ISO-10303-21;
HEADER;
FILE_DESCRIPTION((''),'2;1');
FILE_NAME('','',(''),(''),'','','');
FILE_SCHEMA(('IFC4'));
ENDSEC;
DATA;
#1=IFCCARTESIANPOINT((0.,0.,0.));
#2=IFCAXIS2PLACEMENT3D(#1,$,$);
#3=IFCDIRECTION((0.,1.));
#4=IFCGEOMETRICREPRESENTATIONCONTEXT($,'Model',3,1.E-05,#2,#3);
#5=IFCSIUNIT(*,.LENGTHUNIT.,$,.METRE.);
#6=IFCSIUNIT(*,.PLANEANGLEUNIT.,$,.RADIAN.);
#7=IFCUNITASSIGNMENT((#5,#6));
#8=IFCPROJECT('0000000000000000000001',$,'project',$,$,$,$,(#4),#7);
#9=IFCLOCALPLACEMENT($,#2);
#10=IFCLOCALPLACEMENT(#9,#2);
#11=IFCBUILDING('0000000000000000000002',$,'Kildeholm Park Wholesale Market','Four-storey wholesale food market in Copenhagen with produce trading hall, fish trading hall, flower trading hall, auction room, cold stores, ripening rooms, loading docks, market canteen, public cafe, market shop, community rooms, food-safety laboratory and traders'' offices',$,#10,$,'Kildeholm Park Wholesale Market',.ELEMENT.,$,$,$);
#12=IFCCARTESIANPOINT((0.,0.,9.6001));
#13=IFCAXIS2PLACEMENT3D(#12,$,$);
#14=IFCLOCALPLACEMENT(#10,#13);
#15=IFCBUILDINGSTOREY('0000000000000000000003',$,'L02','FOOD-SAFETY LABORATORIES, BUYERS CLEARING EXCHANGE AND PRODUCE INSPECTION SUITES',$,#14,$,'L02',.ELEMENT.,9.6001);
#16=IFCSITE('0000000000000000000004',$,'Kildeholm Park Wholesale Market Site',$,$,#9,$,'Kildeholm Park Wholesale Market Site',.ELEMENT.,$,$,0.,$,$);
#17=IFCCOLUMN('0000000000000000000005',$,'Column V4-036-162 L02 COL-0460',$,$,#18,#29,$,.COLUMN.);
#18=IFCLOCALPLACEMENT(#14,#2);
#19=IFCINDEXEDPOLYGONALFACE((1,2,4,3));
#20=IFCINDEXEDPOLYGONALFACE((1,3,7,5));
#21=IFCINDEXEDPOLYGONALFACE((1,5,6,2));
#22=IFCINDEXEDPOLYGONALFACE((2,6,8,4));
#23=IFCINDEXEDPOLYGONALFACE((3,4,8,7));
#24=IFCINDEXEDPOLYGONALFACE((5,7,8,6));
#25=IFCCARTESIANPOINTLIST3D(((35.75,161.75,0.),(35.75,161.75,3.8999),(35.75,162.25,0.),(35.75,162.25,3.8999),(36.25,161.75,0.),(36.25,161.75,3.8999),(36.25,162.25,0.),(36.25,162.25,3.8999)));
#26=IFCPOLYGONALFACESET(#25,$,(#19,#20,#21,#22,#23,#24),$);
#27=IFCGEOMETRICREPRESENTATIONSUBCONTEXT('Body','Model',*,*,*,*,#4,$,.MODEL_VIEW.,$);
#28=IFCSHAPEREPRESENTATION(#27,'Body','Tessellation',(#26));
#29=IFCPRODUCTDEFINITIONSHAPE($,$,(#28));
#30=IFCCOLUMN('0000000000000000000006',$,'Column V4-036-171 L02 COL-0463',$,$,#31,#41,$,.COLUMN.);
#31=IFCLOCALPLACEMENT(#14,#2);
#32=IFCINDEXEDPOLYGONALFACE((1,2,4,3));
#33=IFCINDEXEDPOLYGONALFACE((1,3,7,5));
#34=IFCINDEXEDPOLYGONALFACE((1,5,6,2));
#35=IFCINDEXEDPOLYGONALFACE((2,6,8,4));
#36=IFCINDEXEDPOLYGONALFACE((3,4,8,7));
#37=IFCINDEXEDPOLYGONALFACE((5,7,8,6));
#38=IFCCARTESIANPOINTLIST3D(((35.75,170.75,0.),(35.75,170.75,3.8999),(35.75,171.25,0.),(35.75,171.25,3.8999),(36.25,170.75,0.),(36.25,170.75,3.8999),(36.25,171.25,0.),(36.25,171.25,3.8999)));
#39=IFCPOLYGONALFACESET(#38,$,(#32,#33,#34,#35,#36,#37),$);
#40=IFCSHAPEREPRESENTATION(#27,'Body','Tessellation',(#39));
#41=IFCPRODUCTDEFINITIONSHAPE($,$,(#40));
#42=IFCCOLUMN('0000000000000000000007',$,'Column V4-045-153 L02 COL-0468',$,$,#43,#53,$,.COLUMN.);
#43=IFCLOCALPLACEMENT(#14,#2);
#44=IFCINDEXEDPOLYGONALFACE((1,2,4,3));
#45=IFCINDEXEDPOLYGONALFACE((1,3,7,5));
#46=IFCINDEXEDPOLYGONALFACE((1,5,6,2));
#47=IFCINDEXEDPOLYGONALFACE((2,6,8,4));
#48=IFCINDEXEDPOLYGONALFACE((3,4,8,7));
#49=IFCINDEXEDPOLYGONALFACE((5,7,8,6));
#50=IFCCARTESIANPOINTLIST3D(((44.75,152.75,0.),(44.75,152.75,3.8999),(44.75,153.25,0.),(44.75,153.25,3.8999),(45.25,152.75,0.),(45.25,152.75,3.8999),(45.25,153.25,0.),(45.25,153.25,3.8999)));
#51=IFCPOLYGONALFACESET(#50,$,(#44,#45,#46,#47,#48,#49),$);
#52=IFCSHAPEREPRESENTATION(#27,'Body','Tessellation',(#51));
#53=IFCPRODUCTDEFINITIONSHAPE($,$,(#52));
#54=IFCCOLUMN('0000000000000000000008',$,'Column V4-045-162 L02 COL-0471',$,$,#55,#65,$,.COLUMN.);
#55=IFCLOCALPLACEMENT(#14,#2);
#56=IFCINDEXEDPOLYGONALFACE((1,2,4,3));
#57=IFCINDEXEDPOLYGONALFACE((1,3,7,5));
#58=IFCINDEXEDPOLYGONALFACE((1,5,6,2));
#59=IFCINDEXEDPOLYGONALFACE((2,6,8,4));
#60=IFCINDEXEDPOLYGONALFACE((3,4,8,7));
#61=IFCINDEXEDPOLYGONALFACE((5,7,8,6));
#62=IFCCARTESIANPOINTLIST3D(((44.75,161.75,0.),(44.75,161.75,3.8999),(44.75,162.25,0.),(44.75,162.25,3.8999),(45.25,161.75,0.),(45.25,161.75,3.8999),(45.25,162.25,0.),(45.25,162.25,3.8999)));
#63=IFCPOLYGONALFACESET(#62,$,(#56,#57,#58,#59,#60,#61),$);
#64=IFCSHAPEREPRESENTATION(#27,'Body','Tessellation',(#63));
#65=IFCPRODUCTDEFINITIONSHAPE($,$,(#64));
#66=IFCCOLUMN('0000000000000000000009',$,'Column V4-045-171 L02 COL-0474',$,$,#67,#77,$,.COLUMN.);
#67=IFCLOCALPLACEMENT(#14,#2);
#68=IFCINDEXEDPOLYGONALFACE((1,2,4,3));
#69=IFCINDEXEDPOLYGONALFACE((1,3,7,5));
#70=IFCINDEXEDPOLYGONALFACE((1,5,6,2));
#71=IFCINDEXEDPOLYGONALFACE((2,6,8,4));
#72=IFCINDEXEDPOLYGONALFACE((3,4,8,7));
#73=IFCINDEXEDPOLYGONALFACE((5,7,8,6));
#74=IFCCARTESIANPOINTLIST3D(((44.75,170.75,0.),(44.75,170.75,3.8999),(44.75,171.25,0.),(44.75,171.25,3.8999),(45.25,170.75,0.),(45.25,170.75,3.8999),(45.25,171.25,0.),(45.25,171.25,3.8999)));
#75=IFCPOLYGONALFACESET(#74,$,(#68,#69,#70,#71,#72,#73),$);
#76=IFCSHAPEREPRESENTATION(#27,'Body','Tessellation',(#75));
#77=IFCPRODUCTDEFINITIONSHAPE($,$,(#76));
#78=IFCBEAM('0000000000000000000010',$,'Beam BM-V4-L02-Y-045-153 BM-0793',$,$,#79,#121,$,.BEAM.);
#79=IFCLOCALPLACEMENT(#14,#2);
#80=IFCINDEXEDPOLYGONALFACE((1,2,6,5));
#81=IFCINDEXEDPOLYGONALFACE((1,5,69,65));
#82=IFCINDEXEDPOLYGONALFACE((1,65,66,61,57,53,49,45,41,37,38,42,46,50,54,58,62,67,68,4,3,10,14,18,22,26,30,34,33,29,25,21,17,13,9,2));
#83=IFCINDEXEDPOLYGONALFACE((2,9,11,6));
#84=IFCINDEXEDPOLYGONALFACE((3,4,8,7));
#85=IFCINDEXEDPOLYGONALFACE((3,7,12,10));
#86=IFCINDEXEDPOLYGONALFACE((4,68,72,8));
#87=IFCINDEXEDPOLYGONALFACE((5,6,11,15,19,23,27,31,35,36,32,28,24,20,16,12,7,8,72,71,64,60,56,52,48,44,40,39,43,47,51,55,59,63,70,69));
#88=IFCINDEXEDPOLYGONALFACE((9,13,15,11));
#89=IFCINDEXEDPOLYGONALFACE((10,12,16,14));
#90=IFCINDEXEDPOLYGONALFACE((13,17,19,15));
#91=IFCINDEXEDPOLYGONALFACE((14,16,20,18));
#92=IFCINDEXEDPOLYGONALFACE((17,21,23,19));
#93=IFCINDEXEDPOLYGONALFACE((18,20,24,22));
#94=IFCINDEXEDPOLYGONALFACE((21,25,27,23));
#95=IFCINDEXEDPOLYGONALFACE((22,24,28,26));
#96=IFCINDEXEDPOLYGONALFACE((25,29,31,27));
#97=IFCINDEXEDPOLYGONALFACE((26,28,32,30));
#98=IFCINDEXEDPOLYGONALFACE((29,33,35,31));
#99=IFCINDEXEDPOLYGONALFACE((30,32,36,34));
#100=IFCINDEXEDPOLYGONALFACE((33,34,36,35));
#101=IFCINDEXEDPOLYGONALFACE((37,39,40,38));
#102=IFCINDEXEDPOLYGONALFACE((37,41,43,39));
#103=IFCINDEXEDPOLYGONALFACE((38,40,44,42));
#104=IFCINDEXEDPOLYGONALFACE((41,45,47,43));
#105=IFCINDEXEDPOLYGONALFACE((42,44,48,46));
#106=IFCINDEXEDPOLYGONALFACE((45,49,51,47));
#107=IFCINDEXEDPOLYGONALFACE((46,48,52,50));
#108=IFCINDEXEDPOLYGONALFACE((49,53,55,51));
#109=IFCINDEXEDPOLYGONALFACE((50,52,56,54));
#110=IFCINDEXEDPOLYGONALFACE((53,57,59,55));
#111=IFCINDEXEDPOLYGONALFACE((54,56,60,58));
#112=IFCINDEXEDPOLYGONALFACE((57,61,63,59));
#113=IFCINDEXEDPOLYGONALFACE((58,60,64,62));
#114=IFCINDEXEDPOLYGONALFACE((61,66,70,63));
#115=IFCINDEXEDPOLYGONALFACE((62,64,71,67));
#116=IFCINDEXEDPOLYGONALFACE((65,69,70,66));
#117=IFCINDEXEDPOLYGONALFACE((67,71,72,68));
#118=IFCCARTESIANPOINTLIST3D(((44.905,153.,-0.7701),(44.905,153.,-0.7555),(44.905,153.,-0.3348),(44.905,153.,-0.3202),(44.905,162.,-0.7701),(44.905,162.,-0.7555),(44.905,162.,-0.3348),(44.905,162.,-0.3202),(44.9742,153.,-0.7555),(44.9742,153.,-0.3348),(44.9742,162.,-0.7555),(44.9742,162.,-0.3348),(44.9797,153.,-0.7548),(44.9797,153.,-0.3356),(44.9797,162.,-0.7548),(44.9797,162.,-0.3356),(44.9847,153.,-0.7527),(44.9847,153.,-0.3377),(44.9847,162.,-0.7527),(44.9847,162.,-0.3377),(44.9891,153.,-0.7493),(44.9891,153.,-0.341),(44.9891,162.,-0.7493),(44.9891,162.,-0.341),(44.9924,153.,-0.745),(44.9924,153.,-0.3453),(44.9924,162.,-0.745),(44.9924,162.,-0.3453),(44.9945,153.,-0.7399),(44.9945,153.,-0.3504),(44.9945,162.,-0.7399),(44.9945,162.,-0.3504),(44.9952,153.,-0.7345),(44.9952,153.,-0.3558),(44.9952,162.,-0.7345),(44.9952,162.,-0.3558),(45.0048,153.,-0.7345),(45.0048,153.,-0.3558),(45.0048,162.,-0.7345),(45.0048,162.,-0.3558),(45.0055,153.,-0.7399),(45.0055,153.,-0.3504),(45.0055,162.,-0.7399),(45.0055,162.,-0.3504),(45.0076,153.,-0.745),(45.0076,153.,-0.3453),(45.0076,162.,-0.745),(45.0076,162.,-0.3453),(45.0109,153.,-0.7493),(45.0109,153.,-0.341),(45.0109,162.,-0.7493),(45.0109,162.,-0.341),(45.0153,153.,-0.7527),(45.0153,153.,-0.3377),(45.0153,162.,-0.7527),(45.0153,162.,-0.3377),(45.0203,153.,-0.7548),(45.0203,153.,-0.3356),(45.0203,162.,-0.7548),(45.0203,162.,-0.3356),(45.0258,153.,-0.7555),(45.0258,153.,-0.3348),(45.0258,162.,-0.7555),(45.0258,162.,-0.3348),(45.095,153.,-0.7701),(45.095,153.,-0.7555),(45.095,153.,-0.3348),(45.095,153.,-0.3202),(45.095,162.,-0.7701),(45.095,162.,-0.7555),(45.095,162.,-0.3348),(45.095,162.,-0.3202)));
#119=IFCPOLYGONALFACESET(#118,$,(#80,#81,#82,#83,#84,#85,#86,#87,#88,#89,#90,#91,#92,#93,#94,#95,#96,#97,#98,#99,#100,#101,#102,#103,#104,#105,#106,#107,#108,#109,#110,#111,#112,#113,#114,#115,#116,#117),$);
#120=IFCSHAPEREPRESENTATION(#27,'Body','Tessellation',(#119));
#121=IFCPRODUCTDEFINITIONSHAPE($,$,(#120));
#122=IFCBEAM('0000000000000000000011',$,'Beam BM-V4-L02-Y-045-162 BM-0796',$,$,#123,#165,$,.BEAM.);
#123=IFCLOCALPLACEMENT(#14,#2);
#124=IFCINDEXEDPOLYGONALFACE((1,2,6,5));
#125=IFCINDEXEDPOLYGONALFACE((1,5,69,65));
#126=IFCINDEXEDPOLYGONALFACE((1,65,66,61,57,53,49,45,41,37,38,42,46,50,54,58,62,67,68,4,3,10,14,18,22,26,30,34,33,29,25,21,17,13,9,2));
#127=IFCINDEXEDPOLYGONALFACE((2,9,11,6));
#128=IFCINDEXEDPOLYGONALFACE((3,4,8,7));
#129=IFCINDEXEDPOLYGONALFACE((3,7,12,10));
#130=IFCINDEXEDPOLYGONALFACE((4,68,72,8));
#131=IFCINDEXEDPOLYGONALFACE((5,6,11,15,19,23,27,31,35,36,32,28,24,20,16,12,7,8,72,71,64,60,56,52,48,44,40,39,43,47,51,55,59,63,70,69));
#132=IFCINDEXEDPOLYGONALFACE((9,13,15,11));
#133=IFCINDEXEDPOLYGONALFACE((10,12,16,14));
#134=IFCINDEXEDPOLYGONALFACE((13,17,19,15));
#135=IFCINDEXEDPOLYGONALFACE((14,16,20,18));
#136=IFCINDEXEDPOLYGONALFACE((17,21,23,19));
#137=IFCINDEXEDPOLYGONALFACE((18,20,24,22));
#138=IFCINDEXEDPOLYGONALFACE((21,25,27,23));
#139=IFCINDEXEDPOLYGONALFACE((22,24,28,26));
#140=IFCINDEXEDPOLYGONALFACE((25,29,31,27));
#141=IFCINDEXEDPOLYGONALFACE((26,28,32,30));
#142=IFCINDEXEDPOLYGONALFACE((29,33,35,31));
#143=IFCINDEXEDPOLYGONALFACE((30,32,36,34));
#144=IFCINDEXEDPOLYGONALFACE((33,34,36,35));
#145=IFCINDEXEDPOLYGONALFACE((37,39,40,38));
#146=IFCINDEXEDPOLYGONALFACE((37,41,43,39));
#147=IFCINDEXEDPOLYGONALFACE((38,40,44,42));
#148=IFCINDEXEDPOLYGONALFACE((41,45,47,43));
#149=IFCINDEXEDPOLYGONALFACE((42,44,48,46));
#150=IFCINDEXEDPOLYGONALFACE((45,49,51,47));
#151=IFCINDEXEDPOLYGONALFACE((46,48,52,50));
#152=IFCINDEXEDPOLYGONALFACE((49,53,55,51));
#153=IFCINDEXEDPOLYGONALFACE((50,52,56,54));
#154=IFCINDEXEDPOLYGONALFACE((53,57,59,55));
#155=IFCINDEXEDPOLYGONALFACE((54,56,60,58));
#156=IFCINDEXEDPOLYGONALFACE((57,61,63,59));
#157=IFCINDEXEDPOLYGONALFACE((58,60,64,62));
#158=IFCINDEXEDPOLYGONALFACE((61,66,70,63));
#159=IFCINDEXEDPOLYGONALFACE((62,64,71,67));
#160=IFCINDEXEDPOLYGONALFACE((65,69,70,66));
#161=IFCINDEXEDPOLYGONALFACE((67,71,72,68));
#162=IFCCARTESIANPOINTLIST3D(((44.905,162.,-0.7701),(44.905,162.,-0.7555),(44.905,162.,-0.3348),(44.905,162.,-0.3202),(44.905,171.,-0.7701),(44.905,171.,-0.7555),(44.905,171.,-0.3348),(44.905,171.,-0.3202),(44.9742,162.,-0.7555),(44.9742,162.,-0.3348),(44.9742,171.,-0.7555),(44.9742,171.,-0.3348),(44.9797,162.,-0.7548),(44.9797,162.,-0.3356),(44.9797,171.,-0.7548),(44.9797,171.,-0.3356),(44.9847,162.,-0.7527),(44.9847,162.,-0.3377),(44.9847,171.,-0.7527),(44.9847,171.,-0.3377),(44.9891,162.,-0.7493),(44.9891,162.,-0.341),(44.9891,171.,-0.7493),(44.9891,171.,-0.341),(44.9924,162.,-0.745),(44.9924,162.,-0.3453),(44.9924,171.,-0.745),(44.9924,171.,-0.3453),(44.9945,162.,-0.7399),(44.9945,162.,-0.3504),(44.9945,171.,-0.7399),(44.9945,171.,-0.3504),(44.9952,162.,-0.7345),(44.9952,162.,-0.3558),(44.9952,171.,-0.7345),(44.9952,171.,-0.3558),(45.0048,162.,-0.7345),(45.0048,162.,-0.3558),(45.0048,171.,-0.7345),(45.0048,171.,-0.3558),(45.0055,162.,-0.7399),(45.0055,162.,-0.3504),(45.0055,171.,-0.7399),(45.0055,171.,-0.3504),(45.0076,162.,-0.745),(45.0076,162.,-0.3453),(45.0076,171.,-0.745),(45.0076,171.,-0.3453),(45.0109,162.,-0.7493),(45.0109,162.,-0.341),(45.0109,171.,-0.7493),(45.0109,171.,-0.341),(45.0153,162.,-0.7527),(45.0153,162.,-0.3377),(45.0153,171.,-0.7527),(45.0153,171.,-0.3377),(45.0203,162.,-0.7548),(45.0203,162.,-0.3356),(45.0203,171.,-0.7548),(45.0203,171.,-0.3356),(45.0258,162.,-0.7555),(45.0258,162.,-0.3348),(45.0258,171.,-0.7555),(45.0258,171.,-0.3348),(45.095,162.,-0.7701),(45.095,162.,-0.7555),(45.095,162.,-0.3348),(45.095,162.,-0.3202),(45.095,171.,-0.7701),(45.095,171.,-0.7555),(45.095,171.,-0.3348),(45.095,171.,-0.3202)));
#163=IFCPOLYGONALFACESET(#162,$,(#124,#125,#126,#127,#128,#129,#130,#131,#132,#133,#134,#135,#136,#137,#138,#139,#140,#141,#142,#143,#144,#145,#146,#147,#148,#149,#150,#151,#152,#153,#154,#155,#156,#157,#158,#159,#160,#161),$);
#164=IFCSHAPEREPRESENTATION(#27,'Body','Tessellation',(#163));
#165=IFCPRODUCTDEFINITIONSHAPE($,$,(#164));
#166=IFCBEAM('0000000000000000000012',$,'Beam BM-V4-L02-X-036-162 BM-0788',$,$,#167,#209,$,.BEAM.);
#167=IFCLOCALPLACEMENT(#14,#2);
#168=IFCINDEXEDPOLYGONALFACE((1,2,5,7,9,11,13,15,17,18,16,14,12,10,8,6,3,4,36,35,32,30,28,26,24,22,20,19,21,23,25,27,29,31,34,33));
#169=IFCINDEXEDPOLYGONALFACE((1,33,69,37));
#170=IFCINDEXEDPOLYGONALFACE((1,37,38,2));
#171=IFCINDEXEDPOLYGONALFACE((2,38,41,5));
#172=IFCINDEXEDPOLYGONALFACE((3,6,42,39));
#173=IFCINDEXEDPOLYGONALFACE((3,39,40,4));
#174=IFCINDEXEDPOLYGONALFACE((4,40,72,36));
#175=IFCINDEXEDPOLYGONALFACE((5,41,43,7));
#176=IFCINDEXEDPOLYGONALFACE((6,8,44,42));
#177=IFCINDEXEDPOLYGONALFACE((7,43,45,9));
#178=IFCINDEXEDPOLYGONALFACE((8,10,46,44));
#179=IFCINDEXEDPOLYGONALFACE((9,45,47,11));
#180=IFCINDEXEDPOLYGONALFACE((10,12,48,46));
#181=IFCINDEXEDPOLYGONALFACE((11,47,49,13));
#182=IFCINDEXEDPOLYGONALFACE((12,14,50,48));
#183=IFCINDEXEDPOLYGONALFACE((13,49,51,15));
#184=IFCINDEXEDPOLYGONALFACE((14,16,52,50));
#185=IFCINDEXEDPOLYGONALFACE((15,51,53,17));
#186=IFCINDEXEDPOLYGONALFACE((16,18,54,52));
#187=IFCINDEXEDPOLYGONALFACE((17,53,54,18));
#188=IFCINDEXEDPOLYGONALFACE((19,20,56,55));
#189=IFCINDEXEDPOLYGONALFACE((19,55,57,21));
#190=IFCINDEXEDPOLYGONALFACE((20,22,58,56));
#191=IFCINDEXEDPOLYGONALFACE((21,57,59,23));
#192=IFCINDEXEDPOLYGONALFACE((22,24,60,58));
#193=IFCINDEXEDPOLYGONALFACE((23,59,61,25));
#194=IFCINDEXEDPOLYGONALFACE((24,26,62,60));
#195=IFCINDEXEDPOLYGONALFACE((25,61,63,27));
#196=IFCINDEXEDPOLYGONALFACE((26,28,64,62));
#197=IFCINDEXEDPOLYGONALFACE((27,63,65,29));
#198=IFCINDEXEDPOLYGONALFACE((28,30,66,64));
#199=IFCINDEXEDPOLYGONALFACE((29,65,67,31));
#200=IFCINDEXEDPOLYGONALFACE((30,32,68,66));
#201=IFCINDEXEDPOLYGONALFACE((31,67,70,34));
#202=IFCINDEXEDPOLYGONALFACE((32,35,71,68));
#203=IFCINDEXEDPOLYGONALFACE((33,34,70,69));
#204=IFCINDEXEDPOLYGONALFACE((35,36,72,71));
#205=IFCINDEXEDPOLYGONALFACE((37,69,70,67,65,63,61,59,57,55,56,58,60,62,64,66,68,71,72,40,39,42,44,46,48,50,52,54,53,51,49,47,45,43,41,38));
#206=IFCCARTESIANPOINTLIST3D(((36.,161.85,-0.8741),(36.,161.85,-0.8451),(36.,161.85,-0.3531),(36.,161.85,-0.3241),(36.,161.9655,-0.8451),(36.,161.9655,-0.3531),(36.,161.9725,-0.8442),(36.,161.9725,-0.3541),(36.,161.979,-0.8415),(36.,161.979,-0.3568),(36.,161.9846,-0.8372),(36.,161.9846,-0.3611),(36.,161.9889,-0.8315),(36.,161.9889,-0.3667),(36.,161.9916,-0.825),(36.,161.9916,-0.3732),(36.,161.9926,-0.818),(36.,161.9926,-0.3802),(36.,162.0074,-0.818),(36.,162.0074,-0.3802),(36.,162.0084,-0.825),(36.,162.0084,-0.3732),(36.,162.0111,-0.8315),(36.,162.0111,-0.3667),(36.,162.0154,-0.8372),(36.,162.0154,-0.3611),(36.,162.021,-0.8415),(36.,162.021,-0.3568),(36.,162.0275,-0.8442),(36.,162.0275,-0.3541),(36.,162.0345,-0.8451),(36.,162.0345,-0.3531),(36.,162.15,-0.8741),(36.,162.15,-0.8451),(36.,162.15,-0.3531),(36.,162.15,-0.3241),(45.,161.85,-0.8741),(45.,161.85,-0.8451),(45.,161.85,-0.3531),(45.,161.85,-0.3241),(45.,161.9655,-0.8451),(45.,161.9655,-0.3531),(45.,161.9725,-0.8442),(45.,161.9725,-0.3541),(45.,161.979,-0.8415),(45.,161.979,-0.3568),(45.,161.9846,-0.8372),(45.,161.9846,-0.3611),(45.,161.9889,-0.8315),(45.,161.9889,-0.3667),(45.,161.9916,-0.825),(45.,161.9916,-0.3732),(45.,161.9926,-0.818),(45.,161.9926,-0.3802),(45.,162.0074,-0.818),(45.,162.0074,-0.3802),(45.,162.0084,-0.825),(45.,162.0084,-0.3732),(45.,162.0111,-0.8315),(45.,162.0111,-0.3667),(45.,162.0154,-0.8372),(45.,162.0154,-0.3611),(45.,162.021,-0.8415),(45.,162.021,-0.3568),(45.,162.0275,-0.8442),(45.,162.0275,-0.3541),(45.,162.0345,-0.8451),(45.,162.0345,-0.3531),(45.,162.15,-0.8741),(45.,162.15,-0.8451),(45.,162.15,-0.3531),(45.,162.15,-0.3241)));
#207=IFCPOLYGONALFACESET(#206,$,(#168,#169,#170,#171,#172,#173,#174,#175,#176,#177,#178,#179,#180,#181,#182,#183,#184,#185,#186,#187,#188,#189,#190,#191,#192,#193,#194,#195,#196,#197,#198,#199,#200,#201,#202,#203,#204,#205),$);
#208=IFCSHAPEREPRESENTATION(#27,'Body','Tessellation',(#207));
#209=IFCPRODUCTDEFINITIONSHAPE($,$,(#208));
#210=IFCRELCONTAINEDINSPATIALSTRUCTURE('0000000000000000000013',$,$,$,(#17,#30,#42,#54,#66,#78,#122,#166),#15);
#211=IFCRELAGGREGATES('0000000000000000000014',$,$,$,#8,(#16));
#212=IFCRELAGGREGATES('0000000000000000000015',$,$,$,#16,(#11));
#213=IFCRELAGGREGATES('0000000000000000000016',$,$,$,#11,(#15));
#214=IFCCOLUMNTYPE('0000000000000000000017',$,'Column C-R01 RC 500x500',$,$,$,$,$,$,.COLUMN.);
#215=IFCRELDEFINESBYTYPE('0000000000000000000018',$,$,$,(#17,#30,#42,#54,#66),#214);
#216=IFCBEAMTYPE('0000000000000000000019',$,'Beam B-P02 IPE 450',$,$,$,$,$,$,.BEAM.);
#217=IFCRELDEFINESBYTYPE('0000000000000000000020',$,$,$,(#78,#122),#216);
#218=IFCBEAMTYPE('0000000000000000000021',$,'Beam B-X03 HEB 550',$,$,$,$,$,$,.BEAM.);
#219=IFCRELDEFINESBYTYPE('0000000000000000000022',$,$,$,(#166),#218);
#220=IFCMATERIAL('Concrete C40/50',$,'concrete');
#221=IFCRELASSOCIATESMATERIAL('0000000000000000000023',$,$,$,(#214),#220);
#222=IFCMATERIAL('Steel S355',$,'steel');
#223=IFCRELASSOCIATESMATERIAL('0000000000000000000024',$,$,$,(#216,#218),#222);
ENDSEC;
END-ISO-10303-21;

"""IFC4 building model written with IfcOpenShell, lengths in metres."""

from ifc_helpers import new_model, si_unit, direction, frame, origin, origin_2d, place, context, subcontext, project, spatial, rectangle, i_section, extrude, material, material_profile, profile_set, type_object, element, save


model = new_model("IFC4")

# Units and contexts
model_context = context("Model", 3, precision=1e-05, world=origin(), true_north=direction((0.0, 1.0)))
body_context = subcontext(model_context, "Body", "Model", "MODEL_VIEW")
ifc_project = project(units=[si_unit("LENGTHUNIT", "METRE"), si_unit("PLANEANGLEUNIT", "RADIAN")], contexts=[model_context])

# Site, building, storey
site_placement = place(None, origin())
site = spatial("IfcSite", under=ifc_project, at=site_placement, Name="Kildeholm Park Wholesale Market Site", LongName="Kildeholm Park Wholesale Market Site", CompositionType="ELEMENT", RefElevation=0.0)
building_placement = place(site_placement, origin())
building = spatial("IfcBuilding", under=site, at=building_placement, Name="Kildeholm Park Wholesale Market", Description="Four-storey wholesale food market in Copenhagen with produce trading hall, fish trading hall, flower trading hall, auction room, cold stores, ripening rooms, loading docks, market canteen, public cafe, market shop, community rooms, food-safety laboratory and traders' offices", LongName="Kildeholm Park Wholesale Market", CompositionType="ELEMENT")
storey_placement = place(building_placement, frame((0.0, 0.0, 9.6001)))
storey = spatial("IfcBuildingStorey", under=building, at=storey_placement, Name="L02", Description="FOOD-SAFETY LABORATORIES, BUYERS CLEARING EXCHANGE AND PRODUCE INSPECTION SUITES", LongName="L02", CompositionType="ELEMENT", Elevation=9.6001)

# Columns
ifc_material_1 = material(Name="Concrete C40/50", Category="concrete")
ifc_material_profile_1 = material_profile(ifc_material_1, rectangle(XDim=0.5, YDim=0.5, at=origin_2d()), Name="RC 500x500")
ifc_profile_set_1 = profile_set([ifc_material_profile_1], Name="Concrete C40/50")
column_type = type_object("IfcColumnType", Name="Column C-R01 RC 500x500", PredefinedType="COLUMN", material=ifc_profile_set_1)
for number, where, z_axis, x_axis, name in (
    (1, (36.0, 162.0, 0.0), (0.0, 0.0, 1.0), (1.0, 0.0, 0.0), "Column V4-036-162 L02 COL-0460"),
    (2, (36.0, 171.0, 0.0), (0.0, 0.0, 1.0), (1.0, 0.0, 0.0), "Column V4-036-171 L02 COL-0463"),
    (3, (45.0, 153.0, 0.0), (0.0, 0.0, 1.0), (1.0, 0.0, 0.0), "Column V4-045-153 L02 COL-0468"),
    (4, (45.0, 162.0, 0.0), (0.0, 0.0, 1.0), (1.0, 0.0, 0.0), "Column V4-045-162 L02 COL-0471"),
    (5, (45.0, 171.0, 0.0), (0.0, 0.0, 1.0), (1.0, 0.0, 0.0), "Column V4-045-171 L02 COL-0474"),
):
    element("IfcColumn", number, at=place(storey_placement, frame(where, z_axis=z_axis, x_axis=x_axis)), inside=storey, type_object=column_type, Name=name, PredefinedType="COLUMN", context=body_context, shape_type="SweptSolid", body=[
        extrude(rectangle(XDim=0.5, YDim=0.5, at=origin_2d()), origin(), (0.0, 0.0, 1.0), 3.8999),
    ])

# Beams
ifc_material_2 = material(Name="Steel S355", Category="steel")
ifc_material_profile_2 = material_profile(ifc_material_2, i_section(OverallWidth=0.1899, OverallDepth=0.45, WebThickness=0.0095, FlangeThickness=0.0146, FilletRadius=0.021, at=origin_2d()), Name="IPE 450")
ifc_profile_set_2 = profile_set([ifc_material_profile_2], Name="Steel S355")
beam_type_1 = type_object("IfcBeamType", Name="Beam B-P02 IPE 450", PredefinedType="BEAM", material=ifc_profile_set_2)
for number, where, z_axis, x_axis, name in (
    (6, (45.0, 153.0, -0.5452), (0.0, 1.0, 0.0), (-1.0, 0.0, 0.0), "Beam BM-V4-L02-Y-045-153 BM-0793"),
    (7, (45.0, 162.0, -0.5452), (0.0, 1.0, 0.0), (-1.0, 0.0, 0.0), "Beam BM-V4-L02-Y-045-162 BM-0796"),
):
    element("IfcBeam", number, at=place(storey_placement, frame(where, z_axis=z_axis, x_axis=x_axis)), inside=storey, type_object=beam_type_1, Name=name, PredefinedType="BEAM", context=body_context, shape_type="SweptSolid", body=[
        extrude(i_section(OverallWidth=0.1899, OverallDepth=0.45, WebThickness=0.0095, FlangeThickness=0.0146, FilletRadius=0.021, at=origin_2d()), origin(), (0.0, 0.0, 1.0), 9.0),
    ])
ifc_material_profile_3 = material_profile(ifc_material_2, i_section(OverallWidth=0.3, OverallDepth=0.55, WebThickness=0.0149, FlangeThickness=0.0291, FilletRadius=0.0271, at=origin_2d()), Name="HEB 550")
ifc_profile_set_3 = profile_set([ifc_material_profile_3], Name="Steel S355")
beam_type_2 = type_object("IfcBeamType", Name="Beam B-X03 HEB 550", PredefinedType="BEAM", material=ifc_profile_set_3)
beam_1_placement = place(storey_placement, frame((36.0, 162.0, -0.5991), z_axis=(1.0, 0.0, 0.0), x_axis=(0.0, 1.0, 0.0)))
element("IfcBeam", 8, at=beam_1_placement, inside=storey, type_object=beam_type_2, Name="Beam BM-V4-L02-X-036-162 BM-0788", PredefinedType="BEAM", context=body_context, shape_type="SweptSolid", body=[
    extrude(i_section(OverallWidth=0.3, OverallDepth=0.55, WebThickness=0.0149, FlangeThickness=0.0291, FilletRadius=0.0271, at=origin_2d()), origin(), (0.0, 0.0, 1.0), 9.0),
])

save(model, "model.ifc")
